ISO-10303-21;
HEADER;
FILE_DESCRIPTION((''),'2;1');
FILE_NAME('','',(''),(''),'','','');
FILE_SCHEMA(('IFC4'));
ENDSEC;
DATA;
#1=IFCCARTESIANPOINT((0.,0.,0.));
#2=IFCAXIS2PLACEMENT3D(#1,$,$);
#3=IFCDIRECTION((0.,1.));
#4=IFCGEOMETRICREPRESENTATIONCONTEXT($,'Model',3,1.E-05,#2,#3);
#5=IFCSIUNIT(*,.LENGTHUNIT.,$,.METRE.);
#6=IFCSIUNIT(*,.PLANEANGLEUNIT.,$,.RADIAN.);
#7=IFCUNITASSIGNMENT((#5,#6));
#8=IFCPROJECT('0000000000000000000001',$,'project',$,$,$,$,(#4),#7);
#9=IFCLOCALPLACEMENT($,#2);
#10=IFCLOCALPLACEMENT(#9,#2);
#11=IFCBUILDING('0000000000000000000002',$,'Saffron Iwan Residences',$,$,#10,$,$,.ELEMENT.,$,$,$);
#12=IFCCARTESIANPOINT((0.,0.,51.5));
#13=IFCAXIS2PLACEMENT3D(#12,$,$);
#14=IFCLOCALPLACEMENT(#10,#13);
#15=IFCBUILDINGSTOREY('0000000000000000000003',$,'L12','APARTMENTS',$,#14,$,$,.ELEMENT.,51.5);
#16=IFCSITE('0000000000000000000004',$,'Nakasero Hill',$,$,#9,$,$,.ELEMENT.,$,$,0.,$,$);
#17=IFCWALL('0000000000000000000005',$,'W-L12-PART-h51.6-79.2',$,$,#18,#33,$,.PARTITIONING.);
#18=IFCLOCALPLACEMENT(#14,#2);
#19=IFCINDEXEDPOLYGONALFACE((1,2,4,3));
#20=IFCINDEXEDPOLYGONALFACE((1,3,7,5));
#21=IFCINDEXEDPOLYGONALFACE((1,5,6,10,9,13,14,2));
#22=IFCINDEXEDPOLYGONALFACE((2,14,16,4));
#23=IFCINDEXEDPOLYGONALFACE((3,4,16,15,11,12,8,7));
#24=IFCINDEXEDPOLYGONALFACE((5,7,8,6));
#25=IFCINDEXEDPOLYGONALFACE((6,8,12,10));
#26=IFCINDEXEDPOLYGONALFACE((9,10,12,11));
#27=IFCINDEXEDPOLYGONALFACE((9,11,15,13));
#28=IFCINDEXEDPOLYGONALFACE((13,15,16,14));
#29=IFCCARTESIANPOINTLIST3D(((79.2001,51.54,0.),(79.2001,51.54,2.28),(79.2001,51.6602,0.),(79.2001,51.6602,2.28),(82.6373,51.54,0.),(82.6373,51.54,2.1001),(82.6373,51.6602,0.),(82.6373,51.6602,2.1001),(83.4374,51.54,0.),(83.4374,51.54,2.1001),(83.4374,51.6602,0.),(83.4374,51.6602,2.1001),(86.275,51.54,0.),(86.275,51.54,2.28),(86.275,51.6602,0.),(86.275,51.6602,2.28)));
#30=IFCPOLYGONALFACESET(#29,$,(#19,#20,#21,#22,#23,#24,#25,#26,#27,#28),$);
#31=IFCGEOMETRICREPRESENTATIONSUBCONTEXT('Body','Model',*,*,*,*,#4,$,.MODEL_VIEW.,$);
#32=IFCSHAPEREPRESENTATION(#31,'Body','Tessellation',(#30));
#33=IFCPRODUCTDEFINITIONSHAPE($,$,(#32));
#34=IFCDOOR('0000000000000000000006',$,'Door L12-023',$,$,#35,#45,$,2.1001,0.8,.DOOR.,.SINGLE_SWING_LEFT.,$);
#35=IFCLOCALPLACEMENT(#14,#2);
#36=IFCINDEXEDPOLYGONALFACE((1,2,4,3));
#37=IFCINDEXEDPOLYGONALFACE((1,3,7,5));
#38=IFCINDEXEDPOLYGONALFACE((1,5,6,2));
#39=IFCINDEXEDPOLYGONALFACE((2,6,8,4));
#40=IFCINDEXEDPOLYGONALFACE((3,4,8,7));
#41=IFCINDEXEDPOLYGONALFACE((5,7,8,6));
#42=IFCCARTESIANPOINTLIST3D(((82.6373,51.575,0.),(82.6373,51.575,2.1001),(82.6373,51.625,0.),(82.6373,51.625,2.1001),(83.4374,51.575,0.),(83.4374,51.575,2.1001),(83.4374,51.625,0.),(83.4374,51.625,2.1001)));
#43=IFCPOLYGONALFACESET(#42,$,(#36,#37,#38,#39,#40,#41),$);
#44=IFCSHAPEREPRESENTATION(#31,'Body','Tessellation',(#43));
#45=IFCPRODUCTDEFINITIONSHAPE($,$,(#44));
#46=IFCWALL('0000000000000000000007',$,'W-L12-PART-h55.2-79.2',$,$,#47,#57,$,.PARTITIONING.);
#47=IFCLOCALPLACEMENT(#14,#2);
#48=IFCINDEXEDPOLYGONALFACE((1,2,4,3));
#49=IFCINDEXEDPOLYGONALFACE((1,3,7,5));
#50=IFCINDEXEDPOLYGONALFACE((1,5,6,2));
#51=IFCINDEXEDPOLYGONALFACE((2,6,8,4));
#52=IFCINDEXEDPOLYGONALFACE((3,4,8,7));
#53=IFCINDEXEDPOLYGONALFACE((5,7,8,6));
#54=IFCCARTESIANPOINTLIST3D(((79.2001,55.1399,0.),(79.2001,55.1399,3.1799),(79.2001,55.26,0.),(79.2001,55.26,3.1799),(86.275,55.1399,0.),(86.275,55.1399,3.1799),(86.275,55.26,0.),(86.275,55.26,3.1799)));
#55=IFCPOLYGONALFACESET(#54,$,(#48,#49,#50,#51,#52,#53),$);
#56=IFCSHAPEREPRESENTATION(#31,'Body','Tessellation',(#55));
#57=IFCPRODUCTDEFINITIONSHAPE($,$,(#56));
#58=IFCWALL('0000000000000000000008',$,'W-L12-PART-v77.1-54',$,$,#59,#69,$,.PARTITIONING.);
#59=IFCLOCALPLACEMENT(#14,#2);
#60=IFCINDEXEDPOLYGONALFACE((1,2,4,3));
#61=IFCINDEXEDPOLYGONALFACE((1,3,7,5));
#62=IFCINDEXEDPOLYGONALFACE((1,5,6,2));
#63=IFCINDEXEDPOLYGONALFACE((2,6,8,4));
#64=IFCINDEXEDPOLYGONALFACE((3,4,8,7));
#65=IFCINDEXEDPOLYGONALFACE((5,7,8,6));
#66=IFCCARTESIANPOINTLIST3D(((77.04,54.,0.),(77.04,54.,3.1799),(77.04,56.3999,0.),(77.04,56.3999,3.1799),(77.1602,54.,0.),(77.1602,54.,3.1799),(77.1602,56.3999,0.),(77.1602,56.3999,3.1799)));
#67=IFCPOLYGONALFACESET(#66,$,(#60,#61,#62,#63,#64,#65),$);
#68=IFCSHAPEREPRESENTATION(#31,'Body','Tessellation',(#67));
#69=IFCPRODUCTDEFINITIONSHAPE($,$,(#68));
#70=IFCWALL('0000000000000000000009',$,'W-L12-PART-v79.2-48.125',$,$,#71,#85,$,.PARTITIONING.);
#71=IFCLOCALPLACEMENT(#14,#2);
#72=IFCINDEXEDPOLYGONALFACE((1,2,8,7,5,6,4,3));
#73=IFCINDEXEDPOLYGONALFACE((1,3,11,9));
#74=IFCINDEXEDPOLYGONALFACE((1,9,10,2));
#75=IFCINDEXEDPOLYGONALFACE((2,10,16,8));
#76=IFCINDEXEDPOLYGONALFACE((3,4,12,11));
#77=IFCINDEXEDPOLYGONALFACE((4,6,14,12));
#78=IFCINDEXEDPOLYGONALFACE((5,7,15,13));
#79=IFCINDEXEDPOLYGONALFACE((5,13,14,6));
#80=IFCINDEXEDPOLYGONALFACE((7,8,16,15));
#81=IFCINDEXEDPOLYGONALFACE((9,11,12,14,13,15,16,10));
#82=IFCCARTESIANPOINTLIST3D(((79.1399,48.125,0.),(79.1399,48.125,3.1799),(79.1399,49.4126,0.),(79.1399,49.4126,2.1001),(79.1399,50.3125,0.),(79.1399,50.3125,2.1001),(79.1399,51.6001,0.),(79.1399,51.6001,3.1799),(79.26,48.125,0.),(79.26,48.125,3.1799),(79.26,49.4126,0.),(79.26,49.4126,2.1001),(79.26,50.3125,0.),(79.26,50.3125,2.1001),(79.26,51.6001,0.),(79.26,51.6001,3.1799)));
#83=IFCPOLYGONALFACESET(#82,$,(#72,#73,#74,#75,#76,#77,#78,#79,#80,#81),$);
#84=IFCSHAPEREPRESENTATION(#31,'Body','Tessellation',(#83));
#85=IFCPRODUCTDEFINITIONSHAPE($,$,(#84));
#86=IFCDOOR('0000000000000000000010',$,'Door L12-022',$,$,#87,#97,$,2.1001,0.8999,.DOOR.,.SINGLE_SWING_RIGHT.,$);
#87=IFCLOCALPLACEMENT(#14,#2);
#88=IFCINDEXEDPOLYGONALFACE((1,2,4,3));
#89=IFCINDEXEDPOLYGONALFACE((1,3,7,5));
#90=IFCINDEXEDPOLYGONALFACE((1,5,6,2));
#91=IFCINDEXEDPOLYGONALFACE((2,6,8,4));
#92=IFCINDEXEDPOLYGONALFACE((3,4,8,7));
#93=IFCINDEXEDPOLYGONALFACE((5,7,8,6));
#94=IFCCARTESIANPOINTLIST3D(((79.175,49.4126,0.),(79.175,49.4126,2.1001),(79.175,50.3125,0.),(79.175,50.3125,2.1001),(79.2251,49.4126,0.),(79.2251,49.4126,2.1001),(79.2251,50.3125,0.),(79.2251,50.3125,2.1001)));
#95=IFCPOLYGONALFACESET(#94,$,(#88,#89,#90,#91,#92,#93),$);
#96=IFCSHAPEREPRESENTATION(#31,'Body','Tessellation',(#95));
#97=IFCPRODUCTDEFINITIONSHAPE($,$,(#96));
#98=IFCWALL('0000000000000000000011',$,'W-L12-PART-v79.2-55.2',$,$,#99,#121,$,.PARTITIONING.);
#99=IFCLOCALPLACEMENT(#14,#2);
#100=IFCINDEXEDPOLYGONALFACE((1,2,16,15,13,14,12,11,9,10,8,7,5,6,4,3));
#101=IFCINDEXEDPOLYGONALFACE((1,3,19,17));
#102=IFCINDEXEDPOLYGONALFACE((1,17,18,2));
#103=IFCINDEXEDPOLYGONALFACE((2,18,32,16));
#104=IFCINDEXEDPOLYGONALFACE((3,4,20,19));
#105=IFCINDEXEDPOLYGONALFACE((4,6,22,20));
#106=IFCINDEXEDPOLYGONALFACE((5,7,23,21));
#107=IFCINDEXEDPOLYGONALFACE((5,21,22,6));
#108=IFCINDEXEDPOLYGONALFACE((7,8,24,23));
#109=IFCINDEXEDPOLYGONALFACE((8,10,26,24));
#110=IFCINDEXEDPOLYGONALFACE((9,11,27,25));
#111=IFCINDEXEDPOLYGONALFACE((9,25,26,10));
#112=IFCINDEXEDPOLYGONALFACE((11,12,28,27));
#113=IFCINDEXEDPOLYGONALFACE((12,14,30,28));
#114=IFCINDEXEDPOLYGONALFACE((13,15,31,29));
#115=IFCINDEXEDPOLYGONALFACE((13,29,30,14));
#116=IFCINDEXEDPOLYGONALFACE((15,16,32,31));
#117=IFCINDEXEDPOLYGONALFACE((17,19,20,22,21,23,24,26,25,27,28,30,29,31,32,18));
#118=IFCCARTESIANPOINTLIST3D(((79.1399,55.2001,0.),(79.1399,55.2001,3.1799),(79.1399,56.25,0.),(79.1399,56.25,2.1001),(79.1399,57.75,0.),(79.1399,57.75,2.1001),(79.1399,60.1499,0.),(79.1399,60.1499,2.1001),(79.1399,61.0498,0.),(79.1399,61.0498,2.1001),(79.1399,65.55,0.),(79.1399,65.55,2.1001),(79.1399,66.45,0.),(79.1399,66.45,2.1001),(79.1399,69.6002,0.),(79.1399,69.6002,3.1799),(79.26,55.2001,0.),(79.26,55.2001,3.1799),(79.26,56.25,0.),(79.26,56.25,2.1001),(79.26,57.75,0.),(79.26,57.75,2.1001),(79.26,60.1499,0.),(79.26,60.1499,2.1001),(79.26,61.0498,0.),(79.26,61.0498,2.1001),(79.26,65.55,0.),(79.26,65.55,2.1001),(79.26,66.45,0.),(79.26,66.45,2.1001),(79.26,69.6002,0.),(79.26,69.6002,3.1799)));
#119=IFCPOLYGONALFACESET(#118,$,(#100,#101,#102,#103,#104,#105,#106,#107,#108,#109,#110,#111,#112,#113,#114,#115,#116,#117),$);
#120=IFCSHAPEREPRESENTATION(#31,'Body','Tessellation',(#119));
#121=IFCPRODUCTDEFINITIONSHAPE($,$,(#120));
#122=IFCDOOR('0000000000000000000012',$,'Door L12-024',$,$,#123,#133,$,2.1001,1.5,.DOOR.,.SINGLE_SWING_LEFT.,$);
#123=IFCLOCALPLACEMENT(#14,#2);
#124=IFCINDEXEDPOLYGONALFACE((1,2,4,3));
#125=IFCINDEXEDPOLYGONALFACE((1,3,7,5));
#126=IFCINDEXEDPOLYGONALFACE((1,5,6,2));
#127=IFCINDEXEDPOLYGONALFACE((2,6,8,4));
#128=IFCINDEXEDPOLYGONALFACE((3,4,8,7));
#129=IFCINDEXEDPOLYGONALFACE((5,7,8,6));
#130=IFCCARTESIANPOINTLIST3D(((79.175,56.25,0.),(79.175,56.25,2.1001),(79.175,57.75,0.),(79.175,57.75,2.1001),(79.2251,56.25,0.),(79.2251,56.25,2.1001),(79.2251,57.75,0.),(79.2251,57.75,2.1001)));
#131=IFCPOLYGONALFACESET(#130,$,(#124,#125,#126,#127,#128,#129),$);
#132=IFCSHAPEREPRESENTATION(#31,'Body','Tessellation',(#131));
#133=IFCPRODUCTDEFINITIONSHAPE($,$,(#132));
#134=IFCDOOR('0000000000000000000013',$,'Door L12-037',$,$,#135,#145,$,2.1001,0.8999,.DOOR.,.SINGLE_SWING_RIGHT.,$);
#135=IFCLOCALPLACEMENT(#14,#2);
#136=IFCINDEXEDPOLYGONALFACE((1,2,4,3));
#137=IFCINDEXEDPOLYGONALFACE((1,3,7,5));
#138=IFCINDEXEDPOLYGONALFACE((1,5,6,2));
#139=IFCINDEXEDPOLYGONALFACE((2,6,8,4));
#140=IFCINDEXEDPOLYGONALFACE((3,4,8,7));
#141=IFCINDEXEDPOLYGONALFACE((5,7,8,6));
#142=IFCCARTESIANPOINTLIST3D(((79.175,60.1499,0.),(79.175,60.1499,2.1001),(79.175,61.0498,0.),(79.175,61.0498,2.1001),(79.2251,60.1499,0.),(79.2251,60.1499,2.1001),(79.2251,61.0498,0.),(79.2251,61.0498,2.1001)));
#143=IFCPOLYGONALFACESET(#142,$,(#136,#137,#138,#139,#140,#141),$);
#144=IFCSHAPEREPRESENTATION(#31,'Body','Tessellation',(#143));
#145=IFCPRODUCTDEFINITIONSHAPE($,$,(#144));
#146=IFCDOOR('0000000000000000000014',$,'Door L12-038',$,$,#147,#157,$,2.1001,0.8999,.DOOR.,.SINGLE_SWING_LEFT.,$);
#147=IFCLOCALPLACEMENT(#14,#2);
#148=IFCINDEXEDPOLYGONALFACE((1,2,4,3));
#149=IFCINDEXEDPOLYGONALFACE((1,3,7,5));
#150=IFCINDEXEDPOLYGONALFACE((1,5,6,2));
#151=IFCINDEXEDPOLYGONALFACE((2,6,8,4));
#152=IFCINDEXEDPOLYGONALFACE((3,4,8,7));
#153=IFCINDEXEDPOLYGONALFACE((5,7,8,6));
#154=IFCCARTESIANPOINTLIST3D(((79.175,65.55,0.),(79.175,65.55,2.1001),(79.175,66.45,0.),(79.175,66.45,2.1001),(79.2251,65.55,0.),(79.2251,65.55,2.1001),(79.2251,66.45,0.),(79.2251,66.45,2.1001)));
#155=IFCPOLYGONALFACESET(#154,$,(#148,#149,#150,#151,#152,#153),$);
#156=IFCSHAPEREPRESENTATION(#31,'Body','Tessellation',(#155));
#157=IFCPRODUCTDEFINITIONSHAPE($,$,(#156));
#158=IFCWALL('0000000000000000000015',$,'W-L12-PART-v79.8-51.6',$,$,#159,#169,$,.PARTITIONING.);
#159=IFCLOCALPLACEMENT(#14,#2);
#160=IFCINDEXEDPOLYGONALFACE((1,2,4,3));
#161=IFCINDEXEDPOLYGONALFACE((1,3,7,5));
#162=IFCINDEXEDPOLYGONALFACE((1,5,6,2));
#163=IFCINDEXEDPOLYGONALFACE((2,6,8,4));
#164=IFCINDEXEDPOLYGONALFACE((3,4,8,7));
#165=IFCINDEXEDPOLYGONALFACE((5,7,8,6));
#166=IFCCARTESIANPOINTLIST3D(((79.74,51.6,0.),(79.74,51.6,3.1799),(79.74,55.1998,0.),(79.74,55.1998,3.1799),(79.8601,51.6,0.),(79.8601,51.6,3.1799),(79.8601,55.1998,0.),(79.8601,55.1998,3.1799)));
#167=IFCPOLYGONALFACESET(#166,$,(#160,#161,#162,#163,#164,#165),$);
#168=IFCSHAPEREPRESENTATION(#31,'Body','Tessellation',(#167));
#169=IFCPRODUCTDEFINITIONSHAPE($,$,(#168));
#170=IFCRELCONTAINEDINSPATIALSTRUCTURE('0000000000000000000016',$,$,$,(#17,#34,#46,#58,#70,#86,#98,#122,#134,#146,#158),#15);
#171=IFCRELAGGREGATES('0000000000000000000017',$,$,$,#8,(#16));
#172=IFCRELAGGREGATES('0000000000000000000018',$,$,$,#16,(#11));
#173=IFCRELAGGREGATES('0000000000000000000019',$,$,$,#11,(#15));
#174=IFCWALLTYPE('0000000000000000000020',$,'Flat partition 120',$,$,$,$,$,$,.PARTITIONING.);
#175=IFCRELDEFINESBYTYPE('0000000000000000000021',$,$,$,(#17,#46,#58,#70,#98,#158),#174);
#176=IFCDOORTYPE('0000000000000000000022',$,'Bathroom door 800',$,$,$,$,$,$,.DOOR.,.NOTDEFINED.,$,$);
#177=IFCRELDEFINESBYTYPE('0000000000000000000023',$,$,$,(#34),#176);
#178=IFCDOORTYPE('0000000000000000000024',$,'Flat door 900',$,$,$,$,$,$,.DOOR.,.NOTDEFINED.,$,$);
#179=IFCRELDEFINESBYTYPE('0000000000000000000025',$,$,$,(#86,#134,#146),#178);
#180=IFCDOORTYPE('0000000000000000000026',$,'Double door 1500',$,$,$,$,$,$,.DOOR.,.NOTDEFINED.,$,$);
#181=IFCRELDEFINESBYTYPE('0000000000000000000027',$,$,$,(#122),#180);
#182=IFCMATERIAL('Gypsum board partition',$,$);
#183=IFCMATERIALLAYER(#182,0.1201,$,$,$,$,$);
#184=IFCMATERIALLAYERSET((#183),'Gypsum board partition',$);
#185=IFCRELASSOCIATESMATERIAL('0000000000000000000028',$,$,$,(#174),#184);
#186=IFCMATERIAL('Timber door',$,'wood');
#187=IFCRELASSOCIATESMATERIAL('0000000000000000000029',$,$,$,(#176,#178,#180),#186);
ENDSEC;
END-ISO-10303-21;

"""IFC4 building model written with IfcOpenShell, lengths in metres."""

from ifc_helpers import new_model, si_unit, direction, frame, frame_2d, origin, place, context, subcontext, project, spatial, rectangle, extrude, material, layer, layer_set, type_object, element, fill, save


model = new_model("IFC4")

# Units and contexts
model_context = context("Model", 3, precision=1e-05, world=origin(), true_north=direction((0.0, 1.0)))
body_context = subcontext(model_context, "Body", "Model", "MODEL_VIEW")
ifc_project = project(units=[si_unit("LENGTHUNIT", "METRE"), si_unit("PLANEANGLEUNIT", "RADIAN")], contexts=[model_context])

# Site, building, storey
site_placement = place(None, origin())
site = spatial("IfcSite", under=ifc_project, at=site_placement, Name="Nakasero Hill", CompositionType="ELEMENT", RefElevation=0.0)
building_placement = place(site_placement, origin())
building = spatial("IfcBuilding", under=site, at=building_placement, Name="Saffron Iwan Residences", CompositionType="ELEMENT")
storey_placement = place(building_placement, frame((0.0, 0.0, 51.5)))
storey = spatial("IfcBuildingStorey", under=building, at=storey_placement, Name="L12", Description="APARTMENTS", CompositionType="ELEMENT", Elevation=51.5)

# Wall, opening, door
ifc_material_1 = material(Name="Gypsum board partition")
ifc_layer_1 = layer(ifc_material_1, 0.1201)
ifc_layer_set_1 = layer_set([ifc_layer_1], Name="Gypsum board partition")
wall_type_1 = type_object("IfcWallType", Name="Flat partition 120", PredefinedType="PARTITIONING", material=ifc_layer_set_1)
wall_1_placement = place(storey_placement, frame((79.2, 51.6001, 0.0), z_axis=(0.0, 0.0, 1.0), x_axis=(1.0, 0.0, 0.0)))
wall_1 = element("IfcWall", 1, at=wall_1_placement, inside=storey, type_object=wall_type_1, Name="W-L12-PART-h51.6-79.2", PredefinedType="PARTITIONING", context=body_context, shape_type="SweptSolid", body=[
    extrude(rectangle(XDim=7.075, YDim=0.1201, at=frame_2d((3.5376, 0.0))), origin(), (0.0, 0.0, 1.0), 2.28),
])
opening_1_placement = place(wall_1_placement, frame((3.4375, 0.0, 0.0)))
opening_1 = element("IfcOpeningElement", 2, at=opening_1_placement, cuts=wall_1, PredefinedType="OPENING", context=body_context, shape_type="SweptSolid", body=[
    extrude(rectangle(XDim=0.8, YDim=2.1001, at=frame_2d((0.3999, 1.05))), frame((0.0, 0.0701, 0.0), z_axis=(0.0, -1.0, 0.0), x_axis=(1.0, 0.0, 0.0)), (0.0, 0.0, 1.0), 0.1401),
])
ifc_material_2 = material(Name="Timber door", Category="wood")
door_type_1 = type_object("IfcDoorType", Name="Bathroom door 800", OperationType="NOTDEFINED", PredefinedType="DOOR", material=ifc_material_2)
door_1_placement = place(opening_1_placement, origin())
door_1 = element("IfcDoor", 3, at=door_1_placement, inside=storey, type_object=door_type_1, Name="Door L12-023", OperationType="SINGLE_SWING_LEFT", OverallHeight=2.1001, OverallWidth=0.8, PredefinedType="DOOR", context=body_context, shape_type="SweptSolid", body=[
    extrude(rectangle(XDim=0.8, YDim=2.1001, at=frame_2d((0.3999, 1.05))), frame((0.0, 0.0249, 0.0), z_axis=(0.0, -1.0, 0.0), x_axis=(1.0, 0.0, 0.0)), (0.0, 0.0, 1.0), 0.05),
])
fill(opening_1, door_1)

# Walls
wall_2_placement = place(storey_placement, frame((79.2, 55.2, 0.0), z_axis=(0.0, 0.0, 1.0), x_axis=(1.0, 0.0, 0.0)))
element("IfcWall", 4, at=wall_2_placement, inside=storey, type_object=wall_type_1, Name="W-L12-PART-h55.2-79.2", PredefinedType="PARTITIONING", context=body_context, shape_type="SweptSolid", body=[
    extrude(rectangle(XDim=7.075, YDim=0.1201, at=frame_2d((3.5376, 0.0))), origin(), (0.0, 0.0, 1.0), 3.1799),
])
wall_3_placement = place(storey_placement, frame((77.1001, 54.0, 0.0), z_axis=(0.0, 0.0, 1.0), x_axis=(0.0, 1.0, 0.0)))
element("IfcWall", 5, at=wall_3_placement, inside=storey, type_object=wall_type_1, Name="W-L12-PART-v77.1-54", PredefinedType="PARTITIONING", context=body_context, shape_type="SweptSolid", body=[
    extrude(rectangle(XDim=2.3999, YDim=0.1201, at=frame_2d((1.2, 0.0))), origin(), (0.0, 0.0, 1.0), 3.1799),
])

# Wall, opening, door
wall_4_placement = place(storey_placement, frame((79.2, 48.125, 0.0), z_axis=(0.0, 0.0, 1.0), x_axis=(0.0, 1.0, 0.0)))
wall_4 = element("IfcWall", 6, at=wall_4_placement, inside=storey, type_object=wall_type_1, Name="W-L12-PART-v79.2-48.125", PredefinedType="PARTITIONING", context=body_context, shape_type="SweptSolid", body=[
    extrude(rectangle(XDim=3.4751, YDim=0.1201, at=frame_2d((1.7375, 0.0))), origin(), (0.0, 0.0, 1.0), 3.1799),
])
opening_2_placement = place(wall_4_placement, frame((1.2876, 0.0, 0.0)))
opening_2 = element("IfcOpeningElement", 7, at=opening_2_placement, cuts=wall_4, PredefinedType="OPENING", context=body_context, shape_type="SweptSolid", body=[
    extrude(rectangle(XDim=0.8999, YDim=2.1001, at=frame_2d((0.45, 1.05))), frame((0.0, 0.0701, 0.0), z_axis=(0.0, -1.0, 0.0), x_axis=(1.0, 0.0, 0.0)), (0.0, 0.0, 1.0), 0.1401),
])
door_type_2 = type_object("IfcDoorType", Name="Flat door 900", OperationType="NOTDEFINED", PredefinedType="DOOR", material=ifc_material_2)
door_2_placement = place(opening_2_placement, origin())
door_2 = element("IfcDoor", 8, at=door_2_placement, inside=storey, type_object=door_type_2, Name="Door L12-022", OperationType="SINGLE_SWING_RIGHT", OverallHeight=2.1001, OverallWidth=0.8999, PredefinedType="DOOR", context=body_context, shape_type="SweptSolid", body=[
    extrude(rectangle(XDim=0.8999, YDim=2.1001, at=frame_2d((0.45, 1.05))), frame((0.0, 0.0249, 0.0), z_axis=(0.0, -1.0, 0.0), x_axis=(1.0, 0.0, 0.0)), (0.0, 0.0, 1.0), 0.05),
])
fill(opening_2, door_2)

# Wall, openings, doors
wall_5_placement = place(storey_placement, frame((79.2, 55.2, 0.0), z_axis=(0.0, 0.0, 1.0), x_axis=(0.0, 1.0, 0.0)))
wall_5 = element("IfcWall", 9, at=wall_5_placement, inside=storey, type_object=wall_type_1, Name="W-L12-PART-v79.2-55.2", PredefinedType="PARTITIONING", context=body_context, shape_type="SweptSolid", body=[
    extrude(rectangle(XDim=14.4001, YDim=0.1201, at=frame_2d((7.2002, 0.0))), origin(), (0.0, 0.0, 1.0), 3.1799),
])
opening_3_placement = place(wall_5_placement, frame((1.05, 0.0, 0.0)))
opening_3 = element("IfcOpeningElement", 10, at=opening_3_placement, cuts=wall_5, PredefinedType="OPENING", context=body_context, shape_type="SweptSolid", body=[
    extrude(rectangle(XDim=1.5, YDim=2.1001, at=frame_2d((0.75, 1.05))), frame((0.0, 0.0701, 0.0), z_axis=(0.0, -1.0, 0.0), x_axis=(1.0, 0.0, 0.0)), (0.0, 0.0, 1.0), 0.1401),
])
opening_4_placement = place(wall_5_placement, frame((4.95, 0.0, 0.0)))
opening_4 = element("IfcOpeningElement", 11, at=opening_4_placement, cuts=wall_5, PredefinedType="OPENING", context=body_context, shape_type="SweptSolid", body=[
    extrude(rectangle(XDim=0.8999, YDim=2.1001, at=frame_2d((0.45, 1.05))), frame((0.0, 0.0701, 0.0), z_axis=(0.0, -1.0, 0.0), x_axis=(1.0, 0.0, 0.0)), (0.0, 0.0, 1.0), 0.1401),
])
opening_5_placement = place(wall_5_placement, frame((10.3501, 0.0, 0.0)))
opening_5 = element("IfcOpeningElement", 12, at=opening_5_placement, cuts=wall_5, PredefinedType="OPENING", context=body_context, shape_type="SweptSolid", body=[
    extrude(rectangle(XDim=0.8999, YDim=2.1001, at=frame_2d((0.45, 1.05))), frame((0.0, 0.0701, 0.0), z_axis=(0.0, -1.0, 0.0), x_axis=(1.0, 0.0, 0.0)), (0.0, 0.0, 1.0), 0.1401),
])
door_type_3 = type_object("IfcDoorType", Name="Double door 1500", OperationType="NOTDEFINED", PredefinedType="DOOR", material=ifc_material_2)
door_3_placement = place(opening_3_placement, origin())
door_3 = element("IfcDoor", 13, at=door_3_placement, inside=storey, type_object=door_type_3, Name="Door L12-024", OperationType="SINGLE_SWING_LEFT", OverallHeight=2.1001, OverallWidth=1.5, PredefinedType="DOOR", context=body_context, shape_type="SweptSolid", body=[
    extrude(rectangle(XDim=1.5, YDim=2.1001, at=frame_2d((0.75, 1.05))), frame((0.0, 0.0249, 0.0), z_axis=(0.0, -1.0, 0.0), x_axis=(1.0, 0.0, 0.0)), (0.0, 0.0, 1.0), 0.05),
])
fill(opening_3, door_3)
door_4_placement = place(opening_4_placement, origin())
door_4 = element("IfcDoor", 14, at=door_4_placement, inside=storey, type_object=door_type_2, Name="Door L12-037", OperationType="SINGLE_SWING_RIGHT", OverallHeight=2.1001, OverallWidth=0.8999, PredefinedType="DOOR", context=body_context, shape_type="SweptSolid", body=[
    extrude(rectangle(XDim=0.8999, YDim=2.1001, at=frame_2d((0.45, 1.05))), frame((0.0, 0.0249, 0.0), z_axis=(0.0, -1.0, 0.0), x_axis=(1.0, 0.0, 0.0)), (0.0, 0.0, 1.0), 0.05),
])
fill(opening_4, door_4)
door_5_placement = place(opening_5_placement, origin())
door_5 = element("IfcDoor", 15, at=door_5_placement, inside=storey, type_object=door_type_2, Name="Door L12-038", OperationType="SINGLE_SWING_LEFT", OverallHeight=2.1001, OverallWidth=0.8999, PredefinedType="DOOR", context=body_context, shape_type="SweptSolid", body=[
    extrude(rectangle(XDim=0.8999, YDim=2.1001, at=frame_2d((0.45, 1.05))), frame((0.0, 0.0249, 0.0), z_axis=(0.0, -1.0, 0.0), x_axis=(1.0, 0.0, 0.0)), (0.0, 0.0, 1.0), 0.05),
])
fill(opening_5, door_5)

# Wall
wall_6_placement = place(storey_placement, frame((79.8, 51.6001, 0.0), z_axis=(0.0, 0.0, 1.0), x_axis=(0.0, 1.0, 0.0)))
element("IfcWall", 16, at=wall_6_placement, inside=storey, type_object=wall_type_1, Name="W-L12-PART-v79.8-51.6", PredefinedType="PARTITIONING", context=body_context, shape_type="SweptSolid", body=[
    extrude(rectangle(XDim=3.5999, YDim=0.1201, at=frame_2d((1.7998, 0.0))), origin(), (0.0, 0.0, 1.0), 3.1799),
])

save(model, "model.ifc")
